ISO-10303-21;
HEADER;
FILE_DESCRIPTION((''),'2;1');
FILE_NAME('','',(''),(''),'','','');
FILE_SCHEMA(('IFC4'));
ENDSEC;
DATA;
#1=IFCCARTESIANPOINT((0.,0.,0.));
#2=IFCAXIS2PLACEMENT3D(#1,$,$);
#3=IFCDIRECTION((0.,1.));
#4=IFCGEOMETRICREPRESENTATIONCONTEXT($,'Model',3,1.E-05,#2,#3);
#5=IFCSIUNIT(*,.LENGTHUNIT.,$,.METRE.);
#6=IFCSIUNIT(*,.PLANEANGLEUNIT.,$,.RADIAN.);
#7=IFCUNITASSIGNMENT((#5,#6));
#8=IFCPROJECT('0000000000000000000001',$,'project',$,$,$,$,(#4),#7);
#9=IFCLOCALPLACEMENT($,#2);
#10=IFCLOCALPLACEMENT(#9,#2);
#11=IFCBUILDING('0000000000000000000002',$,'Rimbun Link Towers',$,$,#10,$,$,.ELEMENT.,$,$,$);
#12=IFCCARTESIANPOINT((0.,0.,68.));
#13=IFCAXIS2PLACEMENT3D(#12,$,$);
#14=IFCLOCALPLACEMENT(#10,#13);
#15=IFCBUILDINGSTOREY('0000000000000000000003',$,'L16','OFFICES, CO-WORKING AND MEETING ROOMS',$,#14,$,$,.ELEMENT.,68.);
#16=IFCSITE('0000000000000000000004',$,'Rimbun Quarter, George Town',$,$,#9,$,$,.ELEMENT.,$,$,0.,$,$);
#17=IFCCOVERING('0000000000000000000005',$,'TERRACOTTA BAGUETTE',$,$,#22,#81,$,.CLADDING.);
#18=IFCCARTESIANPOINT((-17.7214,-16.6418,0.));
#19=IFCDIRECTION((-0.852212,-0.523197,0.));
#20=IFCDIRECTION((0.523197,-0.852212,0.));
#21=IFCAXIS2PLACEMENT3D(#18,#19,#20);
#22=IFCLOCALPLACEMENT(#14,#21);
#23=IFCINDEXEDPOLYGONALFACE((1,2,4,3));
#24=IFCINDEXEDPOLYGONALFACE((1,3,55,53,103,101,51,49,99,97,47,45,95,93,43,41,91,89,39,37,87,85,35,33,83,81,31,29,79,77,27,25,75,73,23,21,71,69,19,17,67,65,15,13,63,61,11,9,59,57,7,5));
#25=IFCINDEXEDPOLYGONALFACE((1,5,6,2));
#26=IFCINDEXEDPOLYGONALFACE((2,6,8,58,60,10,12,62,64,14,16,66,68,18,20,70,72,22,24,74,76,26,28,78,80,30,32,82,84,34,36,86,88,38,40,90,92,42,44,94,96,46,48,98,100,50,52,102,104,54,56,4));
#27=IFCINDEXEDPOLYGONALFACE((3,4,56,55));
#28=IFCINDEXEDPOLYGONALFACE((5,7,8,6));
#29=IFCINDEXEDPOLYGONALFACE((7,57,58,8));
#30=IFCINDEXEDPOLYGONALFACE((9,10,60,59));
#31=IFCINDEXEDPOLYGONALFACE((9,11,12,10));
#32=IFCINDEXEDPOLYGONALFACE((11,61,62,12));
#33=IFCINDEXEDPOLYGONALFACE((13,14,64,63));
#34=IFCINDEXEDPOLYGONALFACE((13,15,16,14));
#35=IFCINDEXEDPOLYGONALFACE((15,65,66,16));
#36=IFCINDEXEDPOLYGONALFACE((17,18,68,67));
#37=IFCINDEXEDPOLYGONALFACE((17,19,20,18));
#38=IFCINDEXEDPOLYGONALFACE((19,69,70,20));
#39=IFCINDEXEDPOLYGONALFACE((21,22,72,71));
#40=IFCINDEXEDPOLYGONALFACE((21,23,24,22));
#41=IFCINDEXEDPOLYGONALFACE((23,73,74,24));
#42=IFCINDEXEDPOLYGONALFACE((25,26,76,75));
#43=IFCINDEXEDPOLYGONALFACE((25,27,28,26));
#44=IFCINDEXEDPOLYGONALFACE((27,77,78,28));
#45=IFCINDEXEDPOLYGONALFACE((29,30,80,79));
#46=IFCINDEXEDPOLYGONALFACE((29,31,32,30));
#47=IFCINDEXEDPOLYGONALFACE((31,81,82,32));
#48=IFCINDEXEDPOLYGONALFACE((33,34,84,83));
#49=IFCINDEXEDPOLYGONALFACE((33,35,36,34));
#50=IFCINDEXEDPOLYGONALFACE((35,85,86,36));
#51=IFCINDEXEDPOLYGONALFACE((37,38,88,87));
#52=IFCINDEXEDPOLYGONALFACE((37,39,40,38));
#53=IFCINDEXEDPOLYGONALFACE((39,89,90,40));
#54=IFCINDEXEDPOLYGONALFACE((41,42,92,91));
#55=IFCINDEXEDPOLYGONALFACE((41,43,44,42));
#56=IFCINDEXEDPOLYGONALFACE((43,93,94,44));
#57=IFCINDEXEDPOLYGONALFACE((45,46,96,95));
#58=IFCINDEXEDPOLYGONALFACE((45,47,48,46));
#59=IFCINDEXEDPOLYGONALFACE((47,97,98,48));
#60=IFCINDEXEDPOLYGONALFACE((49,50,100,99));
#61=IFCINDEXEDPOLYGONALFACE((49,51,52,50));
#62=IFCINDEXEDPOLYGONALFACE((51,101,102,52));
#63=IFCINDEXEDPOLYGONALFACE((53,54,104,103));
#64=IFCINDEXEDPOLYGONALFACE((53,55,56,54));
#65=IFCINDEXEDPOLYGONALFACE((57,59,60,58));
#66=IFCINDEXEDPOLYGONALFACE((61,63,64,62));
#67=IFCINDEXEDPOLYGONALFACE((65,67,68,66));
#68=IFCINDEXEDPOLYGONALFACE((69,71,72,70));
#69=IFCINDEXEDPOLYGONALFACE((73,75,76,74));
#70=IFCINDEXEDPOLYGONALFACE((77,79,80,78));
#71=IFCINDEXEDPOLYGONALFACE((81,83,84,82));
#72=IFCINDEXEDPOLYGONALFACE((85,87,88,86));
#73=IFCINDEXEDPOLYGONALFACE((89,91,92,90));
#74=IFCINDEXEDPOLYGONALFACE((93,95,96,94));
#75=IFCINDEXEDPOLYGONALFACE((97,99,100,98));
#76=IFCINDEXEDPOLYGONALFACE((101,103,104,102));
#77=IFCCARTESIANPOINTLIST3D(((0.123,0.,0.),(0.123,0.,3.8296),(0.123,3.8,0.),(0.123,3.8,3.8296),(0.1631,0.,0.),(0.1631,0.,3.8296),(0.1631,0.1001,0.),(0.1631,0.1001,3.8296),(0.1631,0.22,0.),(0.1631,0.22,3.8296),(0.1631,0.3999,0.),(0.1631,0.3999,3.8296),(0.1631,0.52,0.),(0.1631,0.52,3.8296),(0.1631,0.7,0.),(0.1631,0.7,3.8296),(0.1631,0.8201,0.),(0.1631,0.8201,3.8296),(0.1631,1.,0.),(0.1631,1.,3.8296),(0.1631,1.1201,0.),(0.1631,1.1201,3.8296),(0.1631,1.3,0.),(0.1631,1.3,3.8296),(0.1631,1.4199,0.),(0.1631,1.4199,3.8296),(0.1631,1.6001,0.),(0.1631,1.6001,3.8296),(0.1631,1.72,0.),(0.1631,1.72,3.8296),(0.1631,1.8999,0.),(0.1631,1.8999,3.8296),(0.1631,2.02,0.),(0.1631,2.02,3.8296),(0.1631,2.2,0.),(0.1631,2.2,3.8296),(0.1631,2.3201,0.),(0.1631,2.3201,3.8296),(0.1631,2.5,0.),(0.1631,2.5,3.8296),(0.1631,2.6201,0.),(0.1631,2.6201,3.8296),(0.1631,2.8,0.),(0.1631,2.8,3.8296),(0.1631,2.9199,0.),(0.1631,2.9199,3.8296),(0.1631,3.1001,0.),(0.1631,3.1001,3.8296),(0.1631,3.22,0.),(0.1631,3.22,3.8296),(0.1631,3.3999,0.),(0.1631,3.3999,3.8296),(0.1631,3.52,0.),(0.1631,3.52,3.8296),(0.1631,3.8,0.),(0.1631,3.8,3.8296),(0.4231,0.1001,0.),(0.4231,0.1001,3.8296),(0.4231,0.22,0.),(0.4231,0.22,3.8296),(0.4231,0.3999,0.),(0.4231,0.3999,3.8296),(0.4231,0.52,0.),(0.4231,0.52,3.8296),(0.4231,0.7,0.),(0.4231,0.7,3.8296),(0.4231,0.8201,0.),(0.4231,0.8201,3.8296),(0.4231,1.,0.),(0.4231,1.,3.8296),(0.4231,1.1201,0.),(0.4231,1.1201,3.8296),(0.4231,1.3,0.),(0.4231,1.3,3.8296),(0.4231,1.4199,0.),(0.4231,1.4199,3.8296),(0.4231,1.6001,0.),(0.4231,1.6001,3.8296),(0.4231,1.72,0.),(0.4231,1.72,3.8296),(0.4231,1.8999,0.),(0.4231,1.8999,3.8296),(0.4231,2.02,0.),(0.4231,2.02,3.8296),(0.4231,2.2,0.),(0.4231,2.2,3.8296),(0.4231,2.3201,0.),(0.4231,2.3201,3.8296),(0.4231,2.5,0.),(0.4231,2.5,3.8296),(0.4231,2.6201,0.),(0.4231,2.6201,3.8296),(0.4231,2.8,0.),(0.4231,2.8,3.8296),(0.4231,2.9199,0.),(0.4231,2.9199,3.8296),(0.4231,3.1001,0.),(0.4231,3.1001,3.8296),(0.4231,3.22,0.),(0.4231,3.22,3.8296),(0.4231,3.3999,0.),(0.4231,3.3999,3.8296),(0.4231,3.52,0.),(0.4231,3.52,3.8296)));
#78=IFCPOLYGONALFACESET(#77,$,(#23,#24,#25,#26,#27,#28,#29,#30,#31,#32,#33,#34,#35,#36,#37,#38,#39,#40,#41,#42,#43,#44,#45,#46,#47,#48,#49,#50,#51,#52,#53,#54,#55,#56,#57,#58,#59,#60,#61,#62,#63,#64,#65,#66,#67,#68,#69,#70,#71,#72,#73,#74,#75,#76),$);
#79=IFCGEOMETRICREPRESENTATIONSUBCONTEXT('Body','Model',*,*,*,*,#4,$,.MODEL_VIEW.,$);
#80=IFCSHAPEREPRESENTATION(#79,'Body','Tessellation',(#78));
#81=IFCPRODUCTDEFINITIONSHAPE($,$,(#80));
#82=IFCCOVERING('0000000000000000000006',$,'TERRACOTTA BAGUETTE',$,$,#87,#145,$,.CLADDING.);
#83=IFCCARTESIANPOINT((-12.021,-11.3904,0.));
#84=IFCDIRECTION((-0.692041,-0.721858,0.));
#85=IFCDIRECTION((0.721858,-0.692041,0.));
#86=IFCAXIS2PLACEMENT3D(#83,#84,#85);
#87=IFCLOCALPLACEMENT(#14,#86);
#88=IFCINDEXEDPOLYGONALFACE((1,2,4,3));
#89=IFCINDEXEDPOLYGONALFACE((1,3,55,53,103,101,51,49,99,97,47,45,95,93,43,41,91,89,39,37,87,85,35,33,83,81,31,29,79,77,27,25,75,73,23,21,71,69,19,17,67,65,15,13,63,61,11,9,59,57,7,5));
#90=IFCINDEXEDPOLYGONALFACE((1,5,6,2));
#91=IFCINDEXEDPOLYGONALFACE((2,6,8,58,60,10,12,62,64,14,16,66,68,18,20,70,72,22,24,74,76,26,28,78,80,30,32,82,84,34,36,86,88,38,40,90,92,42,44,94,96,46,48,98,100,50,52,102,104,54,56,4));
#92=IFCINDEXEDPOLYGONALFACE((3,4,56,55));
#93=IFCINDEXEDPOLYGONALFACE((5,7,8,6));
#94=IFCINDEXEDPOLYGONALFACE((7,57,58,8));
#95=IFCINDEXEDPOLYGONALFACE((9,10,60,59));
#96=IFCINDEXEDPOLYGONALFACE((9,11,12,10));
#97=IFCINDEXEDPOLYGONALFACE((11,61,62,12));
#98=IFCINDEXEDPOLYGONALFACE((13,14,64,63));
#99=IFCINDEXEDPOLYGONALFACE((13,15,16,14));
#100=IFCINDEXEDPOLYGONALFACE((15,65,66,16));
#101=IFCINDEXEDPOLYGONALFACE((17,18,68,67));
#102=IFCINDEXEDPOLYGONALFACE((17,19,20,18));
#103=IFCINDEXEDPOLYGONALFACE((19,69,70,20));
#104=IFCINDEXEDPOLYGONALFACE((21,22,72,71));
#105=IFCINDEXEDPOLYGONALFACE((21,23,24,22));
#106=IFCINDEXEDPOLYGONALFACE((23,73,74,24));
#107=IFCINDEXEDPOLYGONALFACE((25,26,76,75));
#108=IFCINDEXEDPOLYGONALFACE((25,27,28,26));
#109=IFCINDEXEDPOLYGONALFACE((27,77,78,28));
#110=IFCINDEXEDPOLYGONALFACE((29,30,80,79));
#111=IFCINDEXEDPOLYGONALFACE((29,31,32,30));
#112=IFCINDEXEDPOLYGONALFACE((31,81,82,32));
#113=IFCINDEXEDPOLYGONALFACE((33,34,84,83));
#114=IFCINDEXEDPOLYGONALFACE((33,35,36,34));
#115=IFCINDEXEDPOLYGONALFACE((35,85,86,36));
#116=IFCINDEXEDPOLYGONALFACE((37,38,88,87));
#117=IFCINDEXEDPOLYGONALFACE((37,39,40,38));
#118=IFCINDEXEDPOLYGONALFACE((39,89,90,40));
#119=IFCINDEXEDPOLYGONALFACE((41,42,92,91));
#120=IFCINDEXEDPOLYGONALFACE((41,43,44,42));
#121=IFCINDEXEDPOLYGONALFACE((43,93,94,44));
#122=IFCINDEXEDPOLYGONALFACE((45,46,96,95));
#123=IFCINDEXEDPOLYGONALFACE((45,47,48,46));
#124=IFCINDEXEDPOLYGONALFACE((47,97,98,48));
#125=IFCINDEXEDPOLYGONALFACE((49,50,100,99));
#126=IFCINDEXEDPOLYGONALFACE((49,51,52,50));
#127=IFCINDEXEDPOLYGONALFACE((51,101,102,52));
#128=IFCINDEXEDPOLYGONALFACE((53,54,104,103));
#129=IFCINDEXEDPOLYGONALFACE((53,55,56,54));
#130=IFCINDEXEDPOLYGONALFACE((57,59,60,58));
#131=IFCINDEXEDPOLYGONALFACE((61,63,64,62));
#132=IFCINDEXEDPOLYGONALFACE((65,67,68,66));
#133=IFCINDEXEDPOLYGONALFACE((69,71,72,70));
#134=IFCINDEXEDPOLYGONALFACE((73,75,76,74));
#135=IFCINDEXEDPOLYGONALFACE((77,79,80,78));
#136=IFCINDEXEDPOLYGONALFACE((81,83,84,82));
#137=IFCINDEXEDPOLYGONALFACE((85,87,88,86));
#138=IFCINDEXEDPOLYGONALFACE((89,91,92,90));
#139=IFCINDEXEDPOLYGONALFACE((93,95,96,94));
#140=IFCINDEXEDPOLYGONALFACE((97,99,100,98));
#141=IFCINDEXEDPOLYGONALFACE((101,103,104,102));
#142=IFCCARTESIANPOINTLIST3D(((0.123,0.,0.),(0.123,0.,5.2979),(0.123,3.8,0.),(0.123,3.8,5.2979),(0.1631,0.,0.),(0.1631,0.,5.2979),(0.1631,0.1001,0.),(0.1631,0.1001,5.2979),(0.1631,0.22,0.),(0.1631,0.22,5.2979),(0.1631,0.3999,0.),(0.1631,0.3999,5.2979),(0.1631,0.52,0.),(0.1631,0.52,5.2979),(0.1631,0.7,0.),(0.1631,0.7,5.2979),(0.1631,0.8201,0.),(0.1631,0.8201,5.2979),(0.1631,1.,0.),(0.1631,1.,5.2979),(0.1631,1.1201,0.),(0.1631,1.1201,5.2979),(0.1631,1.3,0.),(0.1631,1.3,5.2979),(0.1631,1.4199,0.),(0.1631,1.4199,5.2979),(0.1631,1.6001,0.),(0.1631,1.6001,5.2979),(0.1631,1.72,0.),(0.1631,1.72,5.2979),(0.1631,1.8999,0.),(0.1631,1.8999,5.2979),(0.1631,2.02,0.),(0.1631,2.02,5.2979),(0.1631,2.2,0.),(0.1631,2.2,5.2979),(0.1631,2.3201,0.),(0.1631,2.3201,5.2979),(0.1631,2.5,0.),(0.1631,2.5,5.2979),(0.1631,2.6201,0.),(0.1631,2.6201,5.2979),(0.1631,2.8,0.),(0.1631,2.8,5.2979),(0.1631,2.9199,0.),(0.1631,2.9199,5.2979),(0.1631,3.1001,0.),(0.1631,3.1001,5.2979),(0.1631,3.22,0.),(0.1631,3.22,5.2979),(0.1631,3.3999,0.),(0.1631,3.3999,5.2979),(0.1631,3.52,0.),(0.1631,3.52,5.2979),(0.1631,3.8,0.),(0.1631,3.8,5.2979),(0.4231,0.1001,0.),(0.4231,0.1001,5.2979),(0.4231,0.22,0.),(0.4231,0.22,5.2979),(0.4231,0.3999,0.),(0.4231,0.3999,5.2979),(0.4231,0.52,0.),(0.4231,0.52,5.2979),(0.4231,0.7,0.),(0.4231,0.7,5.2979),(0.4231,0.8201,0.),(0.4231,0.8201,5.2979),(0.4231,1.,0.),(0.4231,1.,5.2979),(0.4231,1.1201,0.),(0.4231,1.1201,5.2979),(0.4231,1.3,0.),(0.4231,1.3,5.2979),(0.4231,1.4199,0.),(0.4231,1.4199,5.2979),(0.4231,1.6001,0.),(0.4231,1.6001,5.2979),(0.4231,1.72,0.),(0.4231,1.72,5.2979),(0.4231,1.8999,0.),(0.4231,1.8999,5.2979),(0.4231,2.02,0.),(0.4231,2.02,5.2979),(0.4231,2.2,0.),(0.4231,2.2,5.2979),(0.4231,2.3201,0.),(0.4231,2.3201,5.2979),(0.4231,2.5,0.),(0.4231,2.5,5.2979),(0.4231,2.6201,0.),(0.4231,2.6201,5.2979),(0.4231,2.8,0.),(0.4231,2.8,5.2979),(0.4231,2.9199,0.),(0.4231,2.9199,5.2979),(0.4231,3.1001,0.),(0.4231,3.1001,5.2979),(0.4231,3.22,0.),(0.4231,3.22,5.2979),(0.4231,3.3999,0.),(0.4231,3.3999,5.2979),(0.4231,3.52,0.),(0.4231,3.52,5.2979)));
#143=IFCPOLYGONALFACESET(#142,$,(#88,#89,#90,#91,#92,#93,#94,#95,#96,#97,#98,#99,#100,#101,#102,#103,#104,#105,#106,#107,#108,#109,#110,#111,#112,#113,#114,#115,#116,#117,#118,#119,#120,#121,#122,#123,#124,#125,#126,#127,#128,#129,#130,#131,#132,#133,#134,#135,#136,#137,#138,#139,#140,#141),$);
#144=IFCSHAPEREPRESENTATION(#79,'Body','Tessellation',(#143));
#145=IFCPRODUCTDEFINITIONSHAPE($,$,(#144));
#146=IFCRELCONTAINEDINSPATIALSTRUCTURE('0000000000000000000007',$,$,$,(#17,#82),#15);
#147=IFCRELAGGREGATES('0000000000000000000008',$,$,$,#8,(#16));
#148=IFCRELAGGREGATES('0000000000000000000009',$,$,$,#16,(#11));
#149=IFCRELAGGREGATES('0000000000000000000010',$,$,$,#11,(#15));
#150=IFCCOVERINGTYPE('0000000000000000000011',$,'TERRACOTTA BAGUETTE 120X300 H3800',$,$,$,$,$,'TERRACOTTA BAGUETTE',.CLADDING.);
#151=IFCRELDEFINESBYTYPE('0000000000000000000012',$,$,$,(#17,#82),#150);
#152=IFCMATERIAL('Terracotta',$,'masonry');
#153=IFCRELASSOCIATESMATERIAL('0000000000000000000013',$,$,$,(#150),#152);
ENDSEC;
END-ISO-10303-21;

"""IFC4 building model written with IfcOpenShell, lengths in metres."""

from ifc_helpers import new_model, si_unit, direction, frame, origin, place, context, subcontext, project, spatial, polyline, outline, extrude, material, material_profile, profile_set, type_object, element, save


model = new_model("IFC4")

# Units and contexts
model_context = context("Model", 3, precision=1e-05, world=origin(), true_north=direction((0.0, 1.0)))
body_context = subcontext(model_context, "Body", "Model", "MODEL_VIEW")
ifc_project = project(units=[si_unit("LENGTHUNIT", "METRE"), si_unit("PLANEANGLEUNIT", "RADIAN")], contexts=[model_context])

# Site, building, storey
site_placement = place(None, origin())
site = spatial("IfcSite", under=ifc_project, at=site_placement, Name="Rimbun Quarter, George Town", CompositionType="ELEMENT", RefElevation=0.0)
building_placement = place(site_placement, origin())
building = spatial("IfcBuilding", under=site, at=building_placement, Name="Rimbun Link Towers", CompositionType="ELEMENT")
storey_placement = place(building_placement, frame((0.0, 0.0, 68.0)))
storey = spatial("IfcBuildingStorey", under=building, at=storey_placement, Name="L16", Description="OFFICES, CO-WORKING AND MEETING ROOMS", CompositionType="ELEMENT", Elevation=68.0)

# Coverings
ifc_material_1 = material(Name="Terracotta", Category="masonry")
ifc_material_profile_1 = material_profile(ifc_material_1, outline(polyline([(0.123, 0.0), (0.1631, 0.0), (0.1631, 0.1001), (0.4231, 0.1001), (0.4231, 0.22), (0.1631, 0.22), (0.1631, 0.3999), (0.4231, 0.3999), (0.4231, 0.52), (0.1631, 0.52), (0.1631, 0.7), (0.4231, 0.7), (0.4231, 0.8201), (0.1631, 0.8201), (0.1631, 1.0), (0.4231, 1.0), (0.4231, 1.1201), (0.1631, 1.1201), (0.1631, 1.3), (0.4231, 1.3), (0.4231, 1.4199), (0.1631, 1.4199), (0.1631, 1.6001), (0.4231, 1.6001), (0.4231, 1.72), (0.1631, 1.72), (0.1631, 1.8999), (0.4231, 1.8999), (0.4231, 2.02), (0.1631, 2.02), (0.1631, 2.2), (0.4231, 2.2), (0.4231, 2.3201), (0.1631, 2.3201), (0.1631, 2.5), (0.4231, 2.5), (0.4231, 2.6201), (0.1631, 2.6201), (0.1631, 2.8), (0.4231, 2.8), (0.4231, 2.9199), (0.1631, 2.9199), (0.1631, 3.1001), (0.4231, 3.1001), (0.4231, 3.22), (0.1631, 3.22), (0.1631, 3.3999), (0.4231, 3.3999), (0.4231, 3.52), (0.1631, 3.52), (0.1631, 3.8), (0.123, 3.8), (0.123, 0.0)])), Name="BAGUETTE 120X300")
ifc_profile_set_1 = profile_set([ifc_material_profile_1], Name="Terracotta")
covering_type = type_object("IfcCoveringType", Name="TERRACOTTA BAGUETTE 120X300 H3800", ElementType="TERRACOTTA BAGUETTE", PredefinedType="CLADDING", material=ifc_profile_set_1)
covering_1_placement = place(storey_placement, frame((-17.7214, -16.6418, 0.0), z_axis=(-0.852212, -0.523197, 0.0), x_axis=(0.523197, -0.852212, 0.0)))
element("IfcCovering", 1, at=covering_1_placement, inside=storey, type_object=covering_type, Name="TERRACOTTA BAGUETTE", PredefinedType="CLADDING", context=body_context, shape_type="SweptSolid", body=[
    extrude(outline(polyline([(0.123, 0.0), (0.1631, 0.0), (0.1631, 0.1001), (0.4231, 0.1001), (0.4231, 0.22), (0.1631, 0.22), (0.1631, 0.3999), (0.4231, 0.3999), (0.4231, 0.52), (0.1631, 0.52), (0.1631, 0.7), (0.4231, 0.7), (0.4231, 0.8201), (0.1631, 0.8201), (0.1631, 1.0), (0.4231, 1.0), (0.4231, 1.1201), (0.1631, 1.1201), (0.1631, 1.3), (0.4231, 1.3), (0.4231, 1.4199), (0.1631, 1.4199), (0.1631, 1.6001), (0.4231, 1.6001), (0.4231, 1.72), (0.1631, 1.72), (0.1631, 1.8999), (0.4231, 1.8999), (0.4231, 2.02), (0.1631, 2.02), (0.1631, 2.2), (0.4231, 2.2), (0.4231, 2.3201), (0.1631, 2.3201), (0.1631, 2.5), (0.4231, 2.5), (0.4231, 2.6201), (0.1631, 2.6201), (0.1631, 2.8), (0.4231, 2.8), (0.4231, 2.9199), (0.1631, 2.9199), (0.1631, 3.1001), (0.4231, 3.1001), (0.4231, 3.22), (0.1631, 3.22), (0.1631, 3.3999), (0.4231, 3.3999), (0.4231, 3.52), (0.1631, 3.52), (0.1631, 3.8), (0.123, 3.8), (0.123, 0.0)])), origin(), (0.0, 0.0, 1.0), 3.8296),
])
covering_2_placement = place(storey_placement, frame((-12.021, -11.3904, 0.0), z_axis=(-0.692041, -0.721858, 0.0), x_axis=(0.721858, -0.692041, 0.0)))
element("IfcCovering", 2, at=covering_2_placement, inside=storey, type_object=covering_type, Name="TERRACOTTA BAGUETTE", PredefinedType="CLADDING", context=body_context, shape_type="SweptSolid", body=[
    extrude(outline(polyline([(0.123, 0.0), (0.1631, 0.0), (0.1631, 0.1001), (0.4231, 0.1001), (0.4231, 0.22), (0.1631, 0.22), (0.1631, 0.3999), (0.4231, 0.3999), (0.4231, 0.52), (0.1631, 0.52), (0.1631, 0.7), (0.4231, 0.7), (0.4231, 0.8201), (0.1631, 0.8201), (0.1631, 1.0), (0.4231, 1.0), (0.4231, 1.1201), (0.1631, 1.1201), (0.1631, 1.3), (0.4231, 1.3), (0.4231, 1.4199), (0.1631, 1.4199), (0.1631, 1.6001), (0.4231, 1.6001), (0.4231, 1.72), (0.1631, 1.72), (0.1631, 1.8999), (0.4231, 1.8999), (0.4231, 2.02), (0.1631, 2.02), (0.1631, 2.2), (0.4231, 2.2), (0.4231, 2.3201), (0.1631, 2.3201), (0.1631, 2.5), (0.4231, 2.5), (0.4231, 2.6201), (0.1631, 2.6201), (0.1631, 2.8), (0.4231, 2.8), (0.4231, 2.9199), (0.1631, 2.9199), (0.1631, 3.1001), (0.4231, 3.1001), (0.4231, 3.22), (0.1631, 3.22), (0.1631, 3.3999), (0.4231, 3.3999), (0.4231, 3.52), (0.1631, 3.52), (0.1631, 3.8), (0.123, 3.8), (0.123, 0.0)])), origin(), (0.0, 0.0, 1.0), 5.2979),
])

save(model, "model.ifc")
